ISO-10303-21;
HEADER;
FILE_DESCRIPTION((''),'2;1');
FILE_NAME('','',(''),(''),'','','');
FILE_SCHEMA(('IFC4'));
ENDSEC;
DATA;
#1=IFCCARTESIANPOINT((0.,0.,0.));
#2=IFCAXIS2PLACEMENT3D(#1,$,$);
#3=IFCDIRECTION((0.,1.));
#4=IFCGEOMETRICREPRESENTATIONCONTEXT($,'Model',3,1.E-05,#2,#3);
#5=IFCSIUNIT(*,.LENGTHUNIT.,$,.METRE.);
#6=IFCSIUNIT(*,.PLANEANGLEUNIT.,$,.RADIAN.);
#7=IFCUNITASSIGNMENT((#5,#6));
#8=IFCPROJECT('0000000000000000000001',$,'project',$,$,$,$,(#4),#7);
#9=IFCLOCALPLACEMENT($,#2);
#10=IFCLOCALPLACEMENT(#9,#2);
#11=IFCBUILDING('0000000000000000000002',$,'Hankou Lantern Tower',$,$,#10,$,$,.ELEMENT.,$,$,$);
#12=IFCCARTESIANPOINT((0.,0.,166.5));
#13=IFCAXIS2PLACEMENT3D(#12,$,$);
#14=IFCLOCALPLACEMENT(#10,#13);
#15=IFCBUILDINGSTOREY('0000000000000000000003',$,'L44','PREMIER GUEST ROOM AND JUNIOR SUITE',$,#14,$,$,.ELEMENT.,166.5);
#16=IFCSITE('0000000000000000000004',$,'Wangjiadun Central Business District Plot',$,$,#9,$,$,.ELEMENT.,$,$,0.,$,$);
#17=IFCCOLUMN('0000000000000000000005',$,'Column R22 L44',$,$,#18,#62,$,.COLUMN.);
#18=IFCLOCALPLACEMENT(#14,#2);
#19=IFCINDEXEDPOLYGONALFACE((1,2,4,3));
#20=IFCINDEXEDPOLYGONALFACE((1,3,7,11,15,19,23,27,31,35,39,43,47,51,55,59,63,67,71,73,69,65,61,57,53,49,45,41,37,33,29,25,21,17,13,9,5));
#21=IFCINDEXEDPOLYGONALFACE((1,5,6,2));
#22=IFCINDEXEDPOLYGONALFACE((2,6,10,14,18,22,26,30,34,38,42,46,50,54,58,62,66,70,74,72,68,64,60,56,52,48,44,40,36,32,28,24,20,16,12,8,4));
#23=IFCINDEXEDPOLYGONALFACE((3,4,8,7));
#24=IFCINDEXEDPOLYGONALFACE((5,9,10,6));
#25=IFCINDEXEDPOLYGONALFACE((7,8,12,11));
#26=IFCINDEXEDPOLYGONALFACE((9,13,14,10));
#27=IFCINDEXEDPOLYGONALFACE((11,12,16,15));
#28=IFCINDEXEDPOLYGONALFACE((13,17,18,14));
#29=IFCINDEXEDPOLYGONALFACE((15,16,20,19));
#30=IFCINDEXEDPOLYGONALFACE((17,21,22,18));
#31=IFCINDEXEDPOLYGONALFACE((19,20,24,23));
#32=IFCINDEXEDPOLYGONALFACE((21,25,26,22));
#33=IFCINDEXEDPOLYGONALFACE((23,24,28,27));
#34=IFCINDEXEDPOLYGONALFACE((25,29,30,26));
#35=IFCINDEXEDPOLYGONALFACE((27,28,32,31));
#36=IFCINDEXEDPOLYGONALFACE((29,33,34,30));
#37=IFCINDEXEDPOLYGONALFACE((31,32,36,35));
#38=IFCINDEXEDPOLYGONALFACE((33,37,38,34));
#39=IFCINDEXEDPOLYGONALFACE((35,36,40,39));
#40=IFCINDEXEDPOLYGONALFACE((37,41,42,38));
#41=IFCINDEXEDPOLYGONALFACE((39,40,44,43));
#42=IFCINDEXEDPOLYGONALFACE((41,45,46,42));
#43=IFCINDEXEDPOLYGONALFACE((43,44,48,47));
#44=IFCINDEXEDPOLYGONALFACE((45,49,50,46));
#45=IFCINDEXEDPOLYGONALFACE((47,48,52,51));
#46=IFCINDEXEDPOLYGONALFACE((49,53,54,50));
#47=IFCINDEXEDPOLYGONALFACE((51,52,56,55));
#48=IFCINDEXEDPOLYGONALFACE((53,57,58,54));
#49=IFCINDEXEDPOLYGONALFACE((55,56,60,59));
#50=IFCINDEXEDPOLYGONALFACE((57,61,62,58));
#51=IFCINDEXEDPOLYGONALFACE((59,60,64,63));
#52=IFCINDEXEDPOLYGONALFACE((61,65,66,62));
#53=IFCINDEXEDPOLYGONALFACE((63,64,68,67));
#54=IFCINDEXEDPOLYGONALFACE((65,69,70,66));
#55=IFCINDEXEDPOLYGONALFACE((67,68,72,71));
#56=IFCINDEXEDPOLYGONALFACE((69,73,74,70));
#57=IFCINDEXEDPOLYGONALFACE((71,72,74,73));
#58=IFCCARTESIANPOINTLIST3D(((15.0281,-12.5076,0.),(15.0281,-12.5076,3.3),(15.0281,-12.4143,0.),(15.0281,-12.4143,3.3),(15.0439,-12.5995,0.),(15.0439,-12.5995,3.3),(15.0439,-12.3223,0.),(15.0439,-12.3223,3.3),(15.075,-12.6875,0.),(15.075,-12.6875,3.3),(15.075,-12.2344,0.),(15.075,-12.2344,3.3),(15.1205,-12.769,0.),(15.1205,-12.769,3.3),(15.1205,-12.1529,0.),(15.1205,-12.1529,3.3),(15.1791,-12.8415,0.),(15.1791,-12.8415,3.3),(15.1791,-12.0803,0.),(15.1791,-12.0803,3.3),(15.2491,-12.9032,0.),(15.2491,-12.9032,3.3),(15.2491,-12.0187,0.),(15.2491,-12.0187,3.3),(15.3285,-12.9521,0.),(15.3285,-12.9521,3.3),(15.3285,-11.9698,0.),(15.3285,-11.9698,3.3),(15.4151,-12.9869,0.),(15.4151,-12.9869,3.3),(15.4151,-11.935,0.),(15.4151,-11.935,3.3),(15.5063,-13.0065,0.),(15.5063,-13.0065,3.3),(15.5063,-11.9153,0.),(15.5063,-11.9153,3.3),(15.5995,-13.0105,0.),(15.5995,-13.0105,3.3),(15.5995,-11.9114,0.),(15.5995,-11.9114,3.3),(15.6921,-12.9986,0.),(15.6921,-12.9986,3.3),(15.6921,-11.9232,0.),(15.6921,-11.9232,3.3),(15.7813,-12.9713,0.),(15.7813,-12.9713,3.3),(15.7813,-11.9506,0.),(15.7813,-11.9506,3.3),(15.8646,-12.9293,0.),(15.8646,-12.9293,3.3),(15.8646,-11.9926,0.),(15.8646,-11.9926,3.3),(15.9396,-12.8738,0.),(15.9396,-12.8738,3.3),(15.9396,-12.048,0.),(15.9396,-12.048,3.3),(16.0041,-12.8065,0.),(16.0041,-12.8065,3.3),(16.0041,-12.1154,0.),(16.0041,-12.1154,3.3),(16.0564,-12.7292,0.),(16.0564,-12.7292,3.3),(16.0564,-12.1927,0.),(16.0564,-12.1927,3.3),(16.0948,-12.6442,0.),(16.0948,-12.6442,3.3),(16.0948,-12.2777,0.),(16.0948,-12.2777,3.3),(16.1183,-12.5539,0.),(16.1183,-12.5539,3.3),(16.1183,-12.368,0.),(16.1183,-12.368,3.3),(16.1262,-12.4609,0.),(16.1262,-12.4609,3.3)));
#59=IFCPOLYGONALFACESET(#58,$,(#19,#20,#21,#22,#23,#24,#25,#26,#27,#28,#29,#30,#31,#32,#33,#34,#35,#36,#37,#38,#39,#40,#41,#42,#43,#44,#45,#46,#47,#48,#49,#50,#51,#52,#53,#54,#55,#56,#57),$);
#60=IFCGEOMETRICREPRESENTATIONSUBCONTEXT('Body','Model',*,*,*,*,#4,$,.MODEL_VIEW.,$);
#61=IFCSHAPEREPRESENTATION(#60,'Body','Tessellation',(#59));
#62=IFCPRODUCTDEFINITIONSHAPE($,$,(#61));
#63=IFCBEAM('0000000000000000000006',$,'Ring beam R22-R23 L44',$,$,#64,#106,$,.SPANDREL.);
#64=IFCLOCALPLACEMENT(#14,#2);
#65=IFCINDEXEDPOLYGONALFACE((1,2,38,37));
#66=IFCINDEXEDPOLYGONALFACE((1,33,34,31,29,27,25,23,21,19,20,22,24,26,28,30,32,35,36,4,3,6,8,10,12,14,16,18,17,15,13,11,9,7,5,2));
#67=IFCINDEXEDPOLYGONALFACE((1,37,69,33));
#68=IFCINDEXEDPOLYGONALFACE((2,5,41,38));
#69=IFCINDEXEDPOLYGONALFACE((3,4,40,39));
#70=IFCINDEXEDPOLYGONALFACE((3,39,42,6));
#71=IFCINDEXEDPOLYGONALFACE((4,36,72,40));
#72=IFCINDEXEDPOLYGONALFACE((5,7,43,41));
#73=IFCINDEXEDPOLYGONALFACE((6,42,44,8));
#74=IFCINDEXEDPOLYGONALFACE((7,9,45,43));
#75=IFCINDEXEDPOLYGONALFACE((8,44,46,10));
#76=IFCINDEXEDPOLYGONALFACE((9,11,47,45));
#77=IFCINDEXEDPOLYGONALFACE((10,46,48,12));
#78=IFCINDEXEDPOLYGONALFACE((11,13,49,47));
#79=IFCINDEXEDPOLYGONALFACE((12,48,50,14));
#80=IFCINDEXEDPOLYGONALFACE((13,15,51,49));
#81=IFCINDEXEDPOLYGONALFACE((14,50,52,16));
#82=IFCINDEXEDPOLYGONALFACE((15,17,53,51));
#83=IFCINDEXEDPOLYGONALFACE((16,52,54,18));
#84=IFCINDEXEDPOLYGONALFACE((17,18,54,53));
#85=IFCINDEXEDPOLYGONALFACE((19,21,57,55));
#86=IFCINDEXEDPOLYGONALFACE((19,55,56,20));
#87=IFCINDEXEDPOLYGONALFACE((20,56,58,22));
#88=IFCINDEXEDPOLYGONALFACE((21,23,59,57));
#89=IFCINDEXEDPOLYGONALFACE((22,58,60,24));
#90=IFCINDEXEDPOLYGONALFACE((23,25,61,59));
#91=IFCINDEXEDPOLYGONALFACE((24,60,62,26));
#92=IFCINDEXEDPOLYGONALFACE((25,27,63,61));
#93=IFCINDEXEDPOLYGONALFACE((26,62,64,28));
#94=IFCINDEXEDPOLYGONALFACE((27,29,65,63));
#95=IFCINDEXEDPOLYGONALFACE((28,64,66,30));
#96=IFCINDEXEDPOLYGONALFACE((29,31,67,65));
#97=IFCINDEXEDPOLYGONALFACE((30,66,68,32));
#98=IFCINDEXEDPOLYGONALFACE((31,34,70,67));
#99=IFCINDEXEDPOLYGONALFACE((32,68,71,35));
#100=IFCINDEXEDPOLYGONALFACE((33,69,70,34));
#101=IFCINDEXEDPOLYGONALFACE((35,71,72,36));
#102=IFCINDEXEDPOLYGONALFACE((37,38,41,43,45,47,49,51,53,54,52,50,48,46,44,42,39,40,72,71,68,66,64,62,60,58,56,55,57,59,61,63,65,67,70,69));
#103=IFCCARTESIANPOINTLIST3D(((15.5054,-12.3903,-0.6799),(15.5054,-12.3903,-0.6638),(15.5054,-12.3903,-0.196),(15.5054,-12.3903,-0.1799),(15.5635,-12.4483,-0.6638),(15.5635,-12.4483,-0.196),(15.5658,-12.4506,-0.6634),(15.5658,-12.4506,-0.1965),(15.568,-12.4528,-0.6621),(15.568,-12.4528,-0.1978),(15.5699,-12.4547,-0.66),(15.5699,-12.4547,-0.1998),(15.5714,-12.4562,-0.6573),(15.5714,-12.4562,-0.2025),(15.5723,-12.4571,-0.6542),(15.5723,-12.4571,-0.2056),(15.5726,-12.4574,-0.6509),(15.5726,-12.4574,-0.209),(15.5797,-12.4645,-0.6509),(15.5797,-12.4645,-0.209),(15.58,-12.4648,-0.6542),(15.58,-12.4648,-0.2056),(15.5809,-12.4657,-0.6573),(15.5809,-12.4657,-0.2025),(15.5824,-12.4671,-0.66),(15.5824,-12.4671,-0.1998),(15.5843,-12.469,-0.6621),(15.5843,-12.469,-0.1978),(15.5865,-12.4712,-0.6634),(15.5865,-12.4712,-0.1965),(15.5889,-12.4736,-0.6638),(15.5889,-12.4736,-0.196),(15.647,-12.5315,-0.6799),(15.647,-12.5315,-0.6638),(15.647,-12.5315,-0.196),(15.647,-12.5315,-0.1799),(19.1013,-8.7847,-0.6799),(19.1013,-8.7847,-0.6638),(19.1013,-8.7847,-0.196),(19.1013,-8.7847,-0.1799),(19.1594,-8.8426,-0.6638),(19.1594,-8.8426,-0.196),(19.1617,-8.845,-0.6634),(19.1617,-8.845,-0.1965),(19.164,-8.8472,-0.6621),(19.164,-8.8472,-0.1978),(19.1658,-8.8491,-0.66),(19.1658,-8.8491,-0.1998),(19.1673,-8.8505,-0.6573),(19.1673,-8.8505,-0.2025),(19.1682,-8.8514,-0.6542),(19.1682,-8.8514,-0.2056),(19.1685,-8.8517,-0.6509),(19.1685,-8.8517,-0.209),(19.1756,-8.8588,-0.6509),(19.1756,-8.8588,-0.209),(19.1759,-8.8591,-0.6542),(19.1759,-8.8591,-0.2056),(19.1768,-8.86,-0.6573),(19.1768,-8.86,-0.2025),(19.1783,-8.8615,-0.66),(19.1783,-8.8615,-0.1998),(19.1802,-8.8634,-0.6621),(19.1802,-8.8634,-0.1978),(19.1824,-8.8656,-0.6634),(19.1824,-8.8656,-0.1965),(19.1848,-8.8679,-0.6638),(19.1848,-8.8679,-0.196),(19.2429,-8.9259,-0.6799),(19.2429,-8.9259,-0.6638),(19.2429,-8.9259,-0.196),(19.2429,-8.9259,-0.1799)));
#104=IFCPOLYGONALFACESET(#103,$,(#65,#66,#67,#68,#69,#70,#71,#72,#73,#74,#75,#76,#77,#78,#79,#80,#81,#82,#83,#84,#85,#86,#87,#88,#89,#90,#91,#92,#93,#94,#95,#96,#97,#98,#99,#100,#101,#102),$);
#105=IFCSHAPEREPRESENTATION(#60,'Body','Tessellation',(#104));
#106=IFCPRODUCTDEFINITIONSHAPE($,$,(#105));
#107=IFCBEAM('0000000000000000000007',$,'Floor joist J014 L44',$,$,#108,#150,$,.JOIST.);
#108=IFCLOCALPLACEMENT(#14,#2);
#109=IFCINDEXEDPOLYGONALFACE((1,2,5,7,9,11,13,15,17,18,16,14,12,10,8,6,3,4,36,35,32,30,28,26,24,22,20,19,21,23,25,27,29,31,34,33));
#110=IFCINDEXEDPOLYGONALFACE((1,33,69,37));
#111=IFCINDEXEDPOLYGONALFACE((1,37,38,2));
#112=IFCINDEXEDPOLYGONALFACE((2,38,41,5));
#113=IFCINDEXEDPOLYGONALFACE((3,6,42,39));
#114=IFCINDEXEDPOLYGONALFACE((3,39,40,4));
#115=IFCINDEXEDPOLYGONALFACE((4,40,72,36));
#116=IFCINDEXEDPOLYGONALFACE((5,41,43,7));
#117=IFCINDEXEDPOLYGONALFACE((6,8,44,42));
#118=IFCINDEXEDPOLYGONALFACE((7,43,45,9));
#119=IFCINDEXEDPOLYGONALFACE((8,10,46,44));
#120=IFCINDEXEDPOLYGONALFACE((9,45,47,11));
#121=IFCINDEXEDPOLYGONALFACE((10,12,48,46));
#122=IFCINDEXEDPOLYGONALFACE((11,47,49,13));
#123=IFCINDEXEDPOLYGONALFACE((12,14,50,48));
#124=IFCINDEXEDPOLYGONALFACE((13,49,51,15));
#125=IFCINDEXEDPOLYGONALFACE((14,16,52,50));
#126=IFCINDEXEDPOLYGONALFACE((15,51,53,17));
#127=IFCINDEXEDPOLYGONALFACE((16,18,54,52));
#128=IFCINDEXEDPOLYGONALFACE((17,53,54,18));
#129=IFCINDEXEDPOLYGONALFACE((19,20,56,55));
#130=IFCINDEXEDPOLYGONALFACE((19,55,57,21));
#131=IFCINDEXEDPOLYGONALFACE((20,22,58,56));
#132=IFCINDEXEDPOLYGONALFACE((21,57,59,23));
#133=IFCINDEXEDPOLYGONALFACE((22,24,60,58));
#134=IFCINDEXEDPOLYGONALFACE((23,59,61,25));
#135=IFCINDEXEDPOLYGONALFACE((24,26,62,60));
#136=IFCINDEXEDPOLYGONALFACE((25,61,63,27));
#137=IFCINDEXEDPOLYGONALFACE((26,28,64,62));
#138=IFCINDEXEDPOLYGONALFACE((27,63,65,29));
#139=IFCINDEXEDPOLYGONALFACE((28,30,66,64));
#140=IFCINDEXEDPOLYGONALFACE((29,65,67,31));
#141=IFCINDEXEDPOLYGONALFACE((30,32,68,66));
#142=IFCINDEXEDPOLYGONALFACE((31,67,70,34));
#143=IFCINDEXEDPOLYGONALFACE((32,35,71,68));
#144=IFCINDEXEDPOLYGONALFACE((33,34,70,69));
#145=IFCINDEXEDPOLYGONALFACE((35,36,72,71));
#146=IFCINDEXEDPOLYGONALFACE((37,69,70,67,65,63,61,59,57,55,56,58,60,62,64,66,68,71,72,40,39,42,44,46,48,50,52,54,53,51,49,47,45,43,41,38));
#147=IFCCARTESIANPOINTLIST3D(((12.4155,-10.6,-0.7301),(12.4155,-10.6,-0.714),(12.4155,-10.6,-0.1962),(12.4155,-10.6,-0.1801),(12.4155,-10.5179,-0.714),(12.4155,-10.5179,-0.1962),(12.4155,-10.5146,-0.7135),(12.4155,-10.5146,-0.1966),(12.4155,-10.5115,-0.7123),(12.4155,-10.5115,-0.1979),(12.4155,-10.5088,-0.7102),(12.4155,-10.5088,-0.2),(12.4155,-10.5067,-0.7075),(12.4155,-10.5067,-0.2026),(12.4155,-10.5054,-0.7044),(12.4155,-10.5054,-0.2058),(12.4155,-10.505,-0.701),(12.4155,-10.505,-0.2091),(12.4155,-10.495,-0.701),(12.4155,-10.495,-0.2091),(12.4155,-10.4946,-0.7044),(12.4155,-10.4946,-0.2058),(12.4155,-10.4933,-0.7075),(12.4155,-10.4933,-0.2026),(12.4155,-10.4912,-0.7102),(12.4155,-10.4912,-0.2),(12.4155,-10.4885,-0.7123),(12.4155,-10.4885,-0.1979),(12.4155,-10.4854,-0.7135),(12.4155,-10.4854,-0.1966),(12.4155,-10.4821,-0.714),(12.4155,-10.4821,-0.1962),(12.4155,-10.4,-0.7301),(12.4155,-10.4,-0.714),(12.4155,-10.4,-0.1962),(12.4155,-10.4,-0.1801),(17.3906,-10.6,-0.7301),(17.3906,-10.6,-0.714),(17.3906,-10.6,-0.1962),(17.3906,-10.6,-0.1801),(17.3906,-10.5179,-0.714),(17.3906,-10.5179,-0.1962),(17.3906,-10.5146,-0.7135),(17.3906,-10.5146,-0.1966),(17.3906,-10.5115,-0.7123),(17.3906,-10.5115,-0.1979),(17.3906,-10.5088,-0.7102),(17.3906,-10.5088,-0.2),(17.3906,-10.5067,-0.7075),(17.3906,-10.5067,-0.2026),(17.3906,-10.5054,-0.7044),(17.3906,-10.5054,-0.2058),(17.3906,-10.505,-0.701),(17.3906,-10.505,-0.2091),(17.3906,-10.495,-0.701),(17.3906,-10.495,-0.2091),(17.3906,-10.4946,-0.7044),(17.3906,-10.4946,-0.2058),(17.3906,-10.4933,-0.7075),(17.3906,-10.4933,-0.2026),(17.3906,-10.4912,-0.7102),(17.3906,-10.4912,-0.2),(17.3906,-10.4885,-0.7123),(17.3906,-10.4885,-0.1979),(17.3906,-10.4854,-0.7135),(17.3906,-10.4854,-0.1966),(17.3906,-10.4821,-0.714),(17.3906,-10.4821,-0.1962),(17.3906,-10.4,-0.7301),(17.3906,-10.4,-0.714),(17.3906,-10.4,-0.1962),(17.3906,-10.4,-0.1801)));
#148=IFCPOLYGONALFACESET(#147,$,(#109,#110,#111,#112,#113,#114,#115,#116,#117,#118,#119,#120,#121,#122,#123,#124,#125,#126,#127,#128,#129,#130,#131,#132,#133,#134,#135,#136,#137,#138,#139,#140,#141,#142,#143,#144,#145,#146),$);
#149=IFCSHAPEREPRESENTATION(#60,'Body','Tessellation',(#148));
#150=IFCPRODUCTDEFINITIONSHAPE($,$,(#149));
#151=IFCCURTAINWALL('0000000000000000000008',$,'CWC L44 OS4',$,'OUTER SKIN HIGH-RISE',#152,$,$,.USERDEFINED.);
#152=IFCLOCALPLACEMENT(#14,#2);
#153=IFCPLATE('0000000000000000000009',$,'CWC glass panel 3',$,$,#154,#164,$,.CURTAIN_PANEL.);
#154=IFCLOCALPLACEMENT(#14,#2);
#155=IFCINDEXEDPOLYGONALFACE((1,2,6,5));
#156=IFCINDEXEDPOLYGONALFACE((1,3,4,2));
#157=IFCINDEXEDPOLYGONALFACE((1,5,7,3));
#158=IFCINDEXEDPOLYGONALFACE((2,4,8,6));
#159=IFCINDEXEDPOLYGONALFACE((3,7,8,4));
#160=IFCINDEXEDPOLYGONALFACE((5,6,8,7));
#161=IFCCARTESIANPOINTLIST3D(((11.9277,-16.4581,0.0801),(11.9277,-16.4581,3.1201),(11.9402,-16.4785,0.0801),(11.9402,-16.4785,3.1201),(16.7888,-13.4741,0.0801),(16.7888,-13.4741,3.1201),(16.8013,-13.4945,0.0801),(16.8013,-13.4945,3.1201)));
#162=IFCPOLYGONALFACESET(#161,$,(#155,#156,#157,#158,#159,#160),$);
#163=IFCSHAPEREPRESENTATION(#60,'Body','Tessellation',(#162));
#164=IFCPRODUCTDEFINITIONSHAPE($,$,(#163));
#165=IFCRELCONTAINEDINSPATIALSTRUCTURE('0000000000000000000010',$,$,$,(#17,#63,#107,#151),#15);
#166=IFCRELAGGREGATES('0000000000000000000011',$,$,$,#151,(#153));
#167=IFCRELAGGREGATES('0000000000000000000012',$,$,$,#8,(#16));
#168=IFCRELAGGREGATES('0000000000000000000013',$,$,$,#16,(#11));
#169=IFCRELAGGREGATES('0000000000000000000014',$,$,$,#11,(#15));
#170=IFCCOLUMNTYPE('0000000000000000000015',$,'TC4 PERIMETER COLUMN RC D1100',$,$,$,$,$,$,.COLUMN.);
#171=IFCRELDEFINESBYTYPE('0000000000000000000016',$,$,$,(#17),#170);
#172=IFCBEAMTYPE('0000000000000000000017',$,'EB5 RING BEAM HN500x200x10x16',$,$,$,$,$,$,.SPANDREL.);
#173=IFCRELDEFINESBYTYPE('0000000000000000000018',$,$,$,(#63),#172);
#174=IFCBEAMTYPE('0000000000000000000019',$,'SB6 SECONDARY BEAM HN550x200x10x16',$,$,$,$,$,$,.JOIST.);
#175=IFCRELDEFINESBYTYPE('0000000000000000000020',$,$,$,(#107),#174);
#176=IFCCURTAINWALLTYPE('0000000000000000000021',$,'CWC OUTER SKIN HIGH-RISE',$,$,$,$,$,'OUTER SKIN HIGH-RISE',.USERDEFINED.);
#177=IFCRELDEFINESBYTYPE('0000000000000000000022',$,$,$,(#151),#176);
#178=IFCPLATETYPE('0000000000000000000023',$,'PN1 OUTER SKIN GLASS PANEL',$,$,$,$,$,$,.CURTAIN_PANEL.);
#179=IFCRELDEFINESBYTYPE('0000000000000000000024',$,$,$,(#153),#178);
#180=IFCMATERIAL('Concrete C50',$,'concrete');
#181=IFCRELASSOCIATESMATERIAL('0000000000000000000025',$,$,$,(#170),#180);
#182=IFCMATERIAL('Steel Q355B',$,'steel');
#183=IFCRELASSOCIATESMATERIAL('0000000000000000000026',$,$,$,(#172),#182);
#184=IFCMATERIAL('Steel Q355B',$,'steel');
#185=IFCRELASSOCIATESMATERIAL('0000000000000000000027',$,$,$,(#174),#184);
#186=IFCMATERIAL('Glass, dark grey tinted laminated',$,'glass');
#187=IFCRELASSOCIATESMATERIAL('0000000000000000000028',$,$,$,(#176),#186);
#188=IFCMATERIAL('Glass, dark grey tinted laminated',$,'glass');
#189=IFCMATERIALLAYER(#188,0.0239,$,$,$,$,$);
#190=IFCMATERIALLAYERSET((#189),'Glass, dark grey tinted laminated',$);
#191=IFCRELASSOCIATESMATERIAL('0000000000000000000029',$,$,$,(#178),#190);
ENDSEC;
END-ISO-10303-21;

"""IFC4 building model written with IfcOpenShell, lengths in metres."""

from ifc_helpers import new_model, si_unit, direction, frame, origin, origin_2d, place, context, subcontext, project, spatial, rectangle, circle, i_section, extrude, material, layer, layer_set, material_profile, profile_set, type_object, element, aggregate, save


model = new_model("IFC4")

# Units and contexts
model_context = context("Model", 3, precision=1e-05, world=origin(), true_north=direction((0.0, 1.0)))
body_context = subcontext(model_context, "Body", "Model", "MODEL_VIEW")
ifc_project = project(units=[si_unit("LENGTHUNIT", "METRE"), si_unit("PLANEANGLEUNIT", "RADIAN")], contexts=[model_context])

# Site, building, storey
site_placement = place(None, origin())
site = spatial("IfcSite", under=ifc_project, at=site_placement, Name="Wangjiadun Central Business District Plot", CompositionType="ELEMENT", RefElevation=0.0)
building_placement = place(site_placement, origin())
building = spatial("IfcBuilding", under=site, at=building_placement, Name="Hankou Lantern Tower", CompositionType="ELEMENT")
storey_placement = place(building_placement, frame((0.0, 0.0, 166.5)))
storey = spatial("IfcBuildingStorey", under=building, at=storey_placement, Name="L44", Description="PREMIER GUEST ROOM AND JUNIOR SUITE", CompositionType="ELEMENT", Elevation=166.5)

# Column
ifc_material_1 = material(Name="Concrete C50", Category="concrete")
ifc_material_profile_1 = material_profile(ifc_material_1, circle(Radius=0.55, at=origin_2d()), Name="RC D1100")
ifc_profile_set_1 = profile_set([ifc_material_profile_1], Name="Concrete C50")
column_type = type_object("IfcColumnType", Name="TC4 PERIMETER COLUMN RC D1100", PredefinedType="COLUMN", material=ifc_profile_set_1)
column_placement = place(storey_placement, frame((15.5762, -12.4609, 0.0), z_axis=(0.0, 0.0, 1.0), x_axis=(1.0, 0.0, 0.0)))
element("IfcColumn", 1, at=column_placement, inside=storey, type_object=column_type, Name="Column R22 L44", PredefinedType="COLUMN", context=body_context, shape_type="SweptSolid", body=[
    extrude(circle(Radius=0.55, at=origin_2d()), origin(), (0.0, 0.0, 1.0), 3.3),
])

# Beams
ifc_material_2 = material(Name="Steel Q355B", Category="steel")
ifc_material_profile_2 = material_profile(ifc_material_2, i_section(OverallWidth=0.2, OverallDepth=0.5, WebThickness=0.01, FlangeThickness=0.0161, FilletRadius=0.0129, at=origin_2d()), Name="HN500x200x10x16")
ifc_profile_set_2 = profile_set([ifc_material_profile_2], Name="Steel Q355B")
beam_type_1 = type_object("IfcBeamType", Name="EB5 RING BEAM HN500x200x10x16", PredefinedType="SPANDREL", material=ifc_profile_set_2)
beam_1_placement = place(storey_placement, frame((15.5762, -12.4609, -0.4299), z_axis=(0.706147, 0.708065, 0.0), x_axis=(-0.708065, 0.706147, 0.0)))
element("IfcBeam", 2, at=beam_1_placement, inside=storey, type_object=beam_type_1, Name="Ring beam R22-R23 L44", PredefinedType="SPANDREL", context=body_context, shape_type="SweptSolid", body=[
    extrude(i_section(OverallWidth=0.2, OverallDepth=0.5, WebThickness=0.01, FlangeThickness=0.0161, FilletRadius=0.0129, at=origin_2d()), origin(), (0.0, 0.0, 1.0), 5.0923),
])
ifc_material_3 = material(Name="Steel Q355B", Category="steel")
ifc_material_profile_3 = material_profile(ifc_material_3, i_section(OverallWidth=0.2, OverallDepth=0.55, WebThickness=0.01, FlangeThickness=0.0161, FilletRadius=0.0129, at=origin_2d()), Name="HN550x200x10x16")
ifc_profile_set_3 = profile_set([ifc_material_profile_3], Name="Steel Q355B")
beam_type_2 = type_object("IfcBeamType", Name="SB6 SECONDARY BEAM HN550x200x10x16", PredefinedType="JOIST", material=ifc_profile_set_3)
beam_2_placement = place(storey_placement, frame((12.4155, -10.5, -0.4551), z_axis=(1.0, 0.0, 0.0), x_axis=(0.0, 1.0, 0.0)))
element("IfcBeam", 3, at=beam_2_placement, inside=storey, type_object=beam_type_2, Name="Floor joist J014 L44", PredefinedType="JOIST", context=body_context, shape_type="SweptSolid", body=[
    extrude(i_section(OverallWidth=0.2, OverallDepth=0.55, WebThickness=0.01, FlangeThickness=0.0161, FilletRadius=0.0129, at=origin_2d()), origin(), (0.0, 0.0, 1.0), 4.9751),
])

# Curtain wall, plate
ifc_material_4 = material(Name="Glass, dark grey tinted laminated", Category="glass")
curtain_wall_type = type_object("IfcCurtainWallType", Name="CWC OUTER SKIN HIGH-RISE", ElementType="OUTER SKIN HIGH-RISE", PredefinedType="USERDEFINED", material=ifc_material_4)
curtain_wall_placement = place(storey_placement, origin())
curtain_wall = element("IfcCurtainWall", 4, at=curtain_wall_placement, inside=storey, type_object=curtain_wall_type, Name="CWC L44 OS4", ObjectType="OUTER SKIN HIGH-RISE", PredefinedType="USERDEFINED")
ifc_material_5 = material(Name="Glass, dark grey tinted laminated", Category="glass")
ifc_layer_1 = layer(ifc_material_5, 0.0239)
ifc_layer_set_1 = layer_set([ifc_layer_1], Name="Glass, dark grey tinted laminated")
plate_type = type_object("IfcPlateType", Name="PN1 OUTER SKIN GLASS PANEL", PredefinedType="CURTAIN_PANEL", material=ifc_layer_set_1)
plate_placement = place(storey_placement, frame((14.3645, -14.9763, 0.0801), z_axis=(0.0, 0.0, 1.0), x_axis=(0.852237, 0.523156, 0.0)))
plate = element("IfcPlate", 5, at=plate_placement, type_object=plate_type, Name="CWC glass panel 3", PredefinedType="CURTAIN_PANEL", context=body_context, shape_type="SweptSolid", body=[
    extrude(rectangle(XDim=5.7039, YDim=0.0239, at=origin_2d()), origin(), (0.0, 0.0, 1.0), 3.04),
])
aggregate(curtain_wall, [plate])

save(model, "model.ifc")
